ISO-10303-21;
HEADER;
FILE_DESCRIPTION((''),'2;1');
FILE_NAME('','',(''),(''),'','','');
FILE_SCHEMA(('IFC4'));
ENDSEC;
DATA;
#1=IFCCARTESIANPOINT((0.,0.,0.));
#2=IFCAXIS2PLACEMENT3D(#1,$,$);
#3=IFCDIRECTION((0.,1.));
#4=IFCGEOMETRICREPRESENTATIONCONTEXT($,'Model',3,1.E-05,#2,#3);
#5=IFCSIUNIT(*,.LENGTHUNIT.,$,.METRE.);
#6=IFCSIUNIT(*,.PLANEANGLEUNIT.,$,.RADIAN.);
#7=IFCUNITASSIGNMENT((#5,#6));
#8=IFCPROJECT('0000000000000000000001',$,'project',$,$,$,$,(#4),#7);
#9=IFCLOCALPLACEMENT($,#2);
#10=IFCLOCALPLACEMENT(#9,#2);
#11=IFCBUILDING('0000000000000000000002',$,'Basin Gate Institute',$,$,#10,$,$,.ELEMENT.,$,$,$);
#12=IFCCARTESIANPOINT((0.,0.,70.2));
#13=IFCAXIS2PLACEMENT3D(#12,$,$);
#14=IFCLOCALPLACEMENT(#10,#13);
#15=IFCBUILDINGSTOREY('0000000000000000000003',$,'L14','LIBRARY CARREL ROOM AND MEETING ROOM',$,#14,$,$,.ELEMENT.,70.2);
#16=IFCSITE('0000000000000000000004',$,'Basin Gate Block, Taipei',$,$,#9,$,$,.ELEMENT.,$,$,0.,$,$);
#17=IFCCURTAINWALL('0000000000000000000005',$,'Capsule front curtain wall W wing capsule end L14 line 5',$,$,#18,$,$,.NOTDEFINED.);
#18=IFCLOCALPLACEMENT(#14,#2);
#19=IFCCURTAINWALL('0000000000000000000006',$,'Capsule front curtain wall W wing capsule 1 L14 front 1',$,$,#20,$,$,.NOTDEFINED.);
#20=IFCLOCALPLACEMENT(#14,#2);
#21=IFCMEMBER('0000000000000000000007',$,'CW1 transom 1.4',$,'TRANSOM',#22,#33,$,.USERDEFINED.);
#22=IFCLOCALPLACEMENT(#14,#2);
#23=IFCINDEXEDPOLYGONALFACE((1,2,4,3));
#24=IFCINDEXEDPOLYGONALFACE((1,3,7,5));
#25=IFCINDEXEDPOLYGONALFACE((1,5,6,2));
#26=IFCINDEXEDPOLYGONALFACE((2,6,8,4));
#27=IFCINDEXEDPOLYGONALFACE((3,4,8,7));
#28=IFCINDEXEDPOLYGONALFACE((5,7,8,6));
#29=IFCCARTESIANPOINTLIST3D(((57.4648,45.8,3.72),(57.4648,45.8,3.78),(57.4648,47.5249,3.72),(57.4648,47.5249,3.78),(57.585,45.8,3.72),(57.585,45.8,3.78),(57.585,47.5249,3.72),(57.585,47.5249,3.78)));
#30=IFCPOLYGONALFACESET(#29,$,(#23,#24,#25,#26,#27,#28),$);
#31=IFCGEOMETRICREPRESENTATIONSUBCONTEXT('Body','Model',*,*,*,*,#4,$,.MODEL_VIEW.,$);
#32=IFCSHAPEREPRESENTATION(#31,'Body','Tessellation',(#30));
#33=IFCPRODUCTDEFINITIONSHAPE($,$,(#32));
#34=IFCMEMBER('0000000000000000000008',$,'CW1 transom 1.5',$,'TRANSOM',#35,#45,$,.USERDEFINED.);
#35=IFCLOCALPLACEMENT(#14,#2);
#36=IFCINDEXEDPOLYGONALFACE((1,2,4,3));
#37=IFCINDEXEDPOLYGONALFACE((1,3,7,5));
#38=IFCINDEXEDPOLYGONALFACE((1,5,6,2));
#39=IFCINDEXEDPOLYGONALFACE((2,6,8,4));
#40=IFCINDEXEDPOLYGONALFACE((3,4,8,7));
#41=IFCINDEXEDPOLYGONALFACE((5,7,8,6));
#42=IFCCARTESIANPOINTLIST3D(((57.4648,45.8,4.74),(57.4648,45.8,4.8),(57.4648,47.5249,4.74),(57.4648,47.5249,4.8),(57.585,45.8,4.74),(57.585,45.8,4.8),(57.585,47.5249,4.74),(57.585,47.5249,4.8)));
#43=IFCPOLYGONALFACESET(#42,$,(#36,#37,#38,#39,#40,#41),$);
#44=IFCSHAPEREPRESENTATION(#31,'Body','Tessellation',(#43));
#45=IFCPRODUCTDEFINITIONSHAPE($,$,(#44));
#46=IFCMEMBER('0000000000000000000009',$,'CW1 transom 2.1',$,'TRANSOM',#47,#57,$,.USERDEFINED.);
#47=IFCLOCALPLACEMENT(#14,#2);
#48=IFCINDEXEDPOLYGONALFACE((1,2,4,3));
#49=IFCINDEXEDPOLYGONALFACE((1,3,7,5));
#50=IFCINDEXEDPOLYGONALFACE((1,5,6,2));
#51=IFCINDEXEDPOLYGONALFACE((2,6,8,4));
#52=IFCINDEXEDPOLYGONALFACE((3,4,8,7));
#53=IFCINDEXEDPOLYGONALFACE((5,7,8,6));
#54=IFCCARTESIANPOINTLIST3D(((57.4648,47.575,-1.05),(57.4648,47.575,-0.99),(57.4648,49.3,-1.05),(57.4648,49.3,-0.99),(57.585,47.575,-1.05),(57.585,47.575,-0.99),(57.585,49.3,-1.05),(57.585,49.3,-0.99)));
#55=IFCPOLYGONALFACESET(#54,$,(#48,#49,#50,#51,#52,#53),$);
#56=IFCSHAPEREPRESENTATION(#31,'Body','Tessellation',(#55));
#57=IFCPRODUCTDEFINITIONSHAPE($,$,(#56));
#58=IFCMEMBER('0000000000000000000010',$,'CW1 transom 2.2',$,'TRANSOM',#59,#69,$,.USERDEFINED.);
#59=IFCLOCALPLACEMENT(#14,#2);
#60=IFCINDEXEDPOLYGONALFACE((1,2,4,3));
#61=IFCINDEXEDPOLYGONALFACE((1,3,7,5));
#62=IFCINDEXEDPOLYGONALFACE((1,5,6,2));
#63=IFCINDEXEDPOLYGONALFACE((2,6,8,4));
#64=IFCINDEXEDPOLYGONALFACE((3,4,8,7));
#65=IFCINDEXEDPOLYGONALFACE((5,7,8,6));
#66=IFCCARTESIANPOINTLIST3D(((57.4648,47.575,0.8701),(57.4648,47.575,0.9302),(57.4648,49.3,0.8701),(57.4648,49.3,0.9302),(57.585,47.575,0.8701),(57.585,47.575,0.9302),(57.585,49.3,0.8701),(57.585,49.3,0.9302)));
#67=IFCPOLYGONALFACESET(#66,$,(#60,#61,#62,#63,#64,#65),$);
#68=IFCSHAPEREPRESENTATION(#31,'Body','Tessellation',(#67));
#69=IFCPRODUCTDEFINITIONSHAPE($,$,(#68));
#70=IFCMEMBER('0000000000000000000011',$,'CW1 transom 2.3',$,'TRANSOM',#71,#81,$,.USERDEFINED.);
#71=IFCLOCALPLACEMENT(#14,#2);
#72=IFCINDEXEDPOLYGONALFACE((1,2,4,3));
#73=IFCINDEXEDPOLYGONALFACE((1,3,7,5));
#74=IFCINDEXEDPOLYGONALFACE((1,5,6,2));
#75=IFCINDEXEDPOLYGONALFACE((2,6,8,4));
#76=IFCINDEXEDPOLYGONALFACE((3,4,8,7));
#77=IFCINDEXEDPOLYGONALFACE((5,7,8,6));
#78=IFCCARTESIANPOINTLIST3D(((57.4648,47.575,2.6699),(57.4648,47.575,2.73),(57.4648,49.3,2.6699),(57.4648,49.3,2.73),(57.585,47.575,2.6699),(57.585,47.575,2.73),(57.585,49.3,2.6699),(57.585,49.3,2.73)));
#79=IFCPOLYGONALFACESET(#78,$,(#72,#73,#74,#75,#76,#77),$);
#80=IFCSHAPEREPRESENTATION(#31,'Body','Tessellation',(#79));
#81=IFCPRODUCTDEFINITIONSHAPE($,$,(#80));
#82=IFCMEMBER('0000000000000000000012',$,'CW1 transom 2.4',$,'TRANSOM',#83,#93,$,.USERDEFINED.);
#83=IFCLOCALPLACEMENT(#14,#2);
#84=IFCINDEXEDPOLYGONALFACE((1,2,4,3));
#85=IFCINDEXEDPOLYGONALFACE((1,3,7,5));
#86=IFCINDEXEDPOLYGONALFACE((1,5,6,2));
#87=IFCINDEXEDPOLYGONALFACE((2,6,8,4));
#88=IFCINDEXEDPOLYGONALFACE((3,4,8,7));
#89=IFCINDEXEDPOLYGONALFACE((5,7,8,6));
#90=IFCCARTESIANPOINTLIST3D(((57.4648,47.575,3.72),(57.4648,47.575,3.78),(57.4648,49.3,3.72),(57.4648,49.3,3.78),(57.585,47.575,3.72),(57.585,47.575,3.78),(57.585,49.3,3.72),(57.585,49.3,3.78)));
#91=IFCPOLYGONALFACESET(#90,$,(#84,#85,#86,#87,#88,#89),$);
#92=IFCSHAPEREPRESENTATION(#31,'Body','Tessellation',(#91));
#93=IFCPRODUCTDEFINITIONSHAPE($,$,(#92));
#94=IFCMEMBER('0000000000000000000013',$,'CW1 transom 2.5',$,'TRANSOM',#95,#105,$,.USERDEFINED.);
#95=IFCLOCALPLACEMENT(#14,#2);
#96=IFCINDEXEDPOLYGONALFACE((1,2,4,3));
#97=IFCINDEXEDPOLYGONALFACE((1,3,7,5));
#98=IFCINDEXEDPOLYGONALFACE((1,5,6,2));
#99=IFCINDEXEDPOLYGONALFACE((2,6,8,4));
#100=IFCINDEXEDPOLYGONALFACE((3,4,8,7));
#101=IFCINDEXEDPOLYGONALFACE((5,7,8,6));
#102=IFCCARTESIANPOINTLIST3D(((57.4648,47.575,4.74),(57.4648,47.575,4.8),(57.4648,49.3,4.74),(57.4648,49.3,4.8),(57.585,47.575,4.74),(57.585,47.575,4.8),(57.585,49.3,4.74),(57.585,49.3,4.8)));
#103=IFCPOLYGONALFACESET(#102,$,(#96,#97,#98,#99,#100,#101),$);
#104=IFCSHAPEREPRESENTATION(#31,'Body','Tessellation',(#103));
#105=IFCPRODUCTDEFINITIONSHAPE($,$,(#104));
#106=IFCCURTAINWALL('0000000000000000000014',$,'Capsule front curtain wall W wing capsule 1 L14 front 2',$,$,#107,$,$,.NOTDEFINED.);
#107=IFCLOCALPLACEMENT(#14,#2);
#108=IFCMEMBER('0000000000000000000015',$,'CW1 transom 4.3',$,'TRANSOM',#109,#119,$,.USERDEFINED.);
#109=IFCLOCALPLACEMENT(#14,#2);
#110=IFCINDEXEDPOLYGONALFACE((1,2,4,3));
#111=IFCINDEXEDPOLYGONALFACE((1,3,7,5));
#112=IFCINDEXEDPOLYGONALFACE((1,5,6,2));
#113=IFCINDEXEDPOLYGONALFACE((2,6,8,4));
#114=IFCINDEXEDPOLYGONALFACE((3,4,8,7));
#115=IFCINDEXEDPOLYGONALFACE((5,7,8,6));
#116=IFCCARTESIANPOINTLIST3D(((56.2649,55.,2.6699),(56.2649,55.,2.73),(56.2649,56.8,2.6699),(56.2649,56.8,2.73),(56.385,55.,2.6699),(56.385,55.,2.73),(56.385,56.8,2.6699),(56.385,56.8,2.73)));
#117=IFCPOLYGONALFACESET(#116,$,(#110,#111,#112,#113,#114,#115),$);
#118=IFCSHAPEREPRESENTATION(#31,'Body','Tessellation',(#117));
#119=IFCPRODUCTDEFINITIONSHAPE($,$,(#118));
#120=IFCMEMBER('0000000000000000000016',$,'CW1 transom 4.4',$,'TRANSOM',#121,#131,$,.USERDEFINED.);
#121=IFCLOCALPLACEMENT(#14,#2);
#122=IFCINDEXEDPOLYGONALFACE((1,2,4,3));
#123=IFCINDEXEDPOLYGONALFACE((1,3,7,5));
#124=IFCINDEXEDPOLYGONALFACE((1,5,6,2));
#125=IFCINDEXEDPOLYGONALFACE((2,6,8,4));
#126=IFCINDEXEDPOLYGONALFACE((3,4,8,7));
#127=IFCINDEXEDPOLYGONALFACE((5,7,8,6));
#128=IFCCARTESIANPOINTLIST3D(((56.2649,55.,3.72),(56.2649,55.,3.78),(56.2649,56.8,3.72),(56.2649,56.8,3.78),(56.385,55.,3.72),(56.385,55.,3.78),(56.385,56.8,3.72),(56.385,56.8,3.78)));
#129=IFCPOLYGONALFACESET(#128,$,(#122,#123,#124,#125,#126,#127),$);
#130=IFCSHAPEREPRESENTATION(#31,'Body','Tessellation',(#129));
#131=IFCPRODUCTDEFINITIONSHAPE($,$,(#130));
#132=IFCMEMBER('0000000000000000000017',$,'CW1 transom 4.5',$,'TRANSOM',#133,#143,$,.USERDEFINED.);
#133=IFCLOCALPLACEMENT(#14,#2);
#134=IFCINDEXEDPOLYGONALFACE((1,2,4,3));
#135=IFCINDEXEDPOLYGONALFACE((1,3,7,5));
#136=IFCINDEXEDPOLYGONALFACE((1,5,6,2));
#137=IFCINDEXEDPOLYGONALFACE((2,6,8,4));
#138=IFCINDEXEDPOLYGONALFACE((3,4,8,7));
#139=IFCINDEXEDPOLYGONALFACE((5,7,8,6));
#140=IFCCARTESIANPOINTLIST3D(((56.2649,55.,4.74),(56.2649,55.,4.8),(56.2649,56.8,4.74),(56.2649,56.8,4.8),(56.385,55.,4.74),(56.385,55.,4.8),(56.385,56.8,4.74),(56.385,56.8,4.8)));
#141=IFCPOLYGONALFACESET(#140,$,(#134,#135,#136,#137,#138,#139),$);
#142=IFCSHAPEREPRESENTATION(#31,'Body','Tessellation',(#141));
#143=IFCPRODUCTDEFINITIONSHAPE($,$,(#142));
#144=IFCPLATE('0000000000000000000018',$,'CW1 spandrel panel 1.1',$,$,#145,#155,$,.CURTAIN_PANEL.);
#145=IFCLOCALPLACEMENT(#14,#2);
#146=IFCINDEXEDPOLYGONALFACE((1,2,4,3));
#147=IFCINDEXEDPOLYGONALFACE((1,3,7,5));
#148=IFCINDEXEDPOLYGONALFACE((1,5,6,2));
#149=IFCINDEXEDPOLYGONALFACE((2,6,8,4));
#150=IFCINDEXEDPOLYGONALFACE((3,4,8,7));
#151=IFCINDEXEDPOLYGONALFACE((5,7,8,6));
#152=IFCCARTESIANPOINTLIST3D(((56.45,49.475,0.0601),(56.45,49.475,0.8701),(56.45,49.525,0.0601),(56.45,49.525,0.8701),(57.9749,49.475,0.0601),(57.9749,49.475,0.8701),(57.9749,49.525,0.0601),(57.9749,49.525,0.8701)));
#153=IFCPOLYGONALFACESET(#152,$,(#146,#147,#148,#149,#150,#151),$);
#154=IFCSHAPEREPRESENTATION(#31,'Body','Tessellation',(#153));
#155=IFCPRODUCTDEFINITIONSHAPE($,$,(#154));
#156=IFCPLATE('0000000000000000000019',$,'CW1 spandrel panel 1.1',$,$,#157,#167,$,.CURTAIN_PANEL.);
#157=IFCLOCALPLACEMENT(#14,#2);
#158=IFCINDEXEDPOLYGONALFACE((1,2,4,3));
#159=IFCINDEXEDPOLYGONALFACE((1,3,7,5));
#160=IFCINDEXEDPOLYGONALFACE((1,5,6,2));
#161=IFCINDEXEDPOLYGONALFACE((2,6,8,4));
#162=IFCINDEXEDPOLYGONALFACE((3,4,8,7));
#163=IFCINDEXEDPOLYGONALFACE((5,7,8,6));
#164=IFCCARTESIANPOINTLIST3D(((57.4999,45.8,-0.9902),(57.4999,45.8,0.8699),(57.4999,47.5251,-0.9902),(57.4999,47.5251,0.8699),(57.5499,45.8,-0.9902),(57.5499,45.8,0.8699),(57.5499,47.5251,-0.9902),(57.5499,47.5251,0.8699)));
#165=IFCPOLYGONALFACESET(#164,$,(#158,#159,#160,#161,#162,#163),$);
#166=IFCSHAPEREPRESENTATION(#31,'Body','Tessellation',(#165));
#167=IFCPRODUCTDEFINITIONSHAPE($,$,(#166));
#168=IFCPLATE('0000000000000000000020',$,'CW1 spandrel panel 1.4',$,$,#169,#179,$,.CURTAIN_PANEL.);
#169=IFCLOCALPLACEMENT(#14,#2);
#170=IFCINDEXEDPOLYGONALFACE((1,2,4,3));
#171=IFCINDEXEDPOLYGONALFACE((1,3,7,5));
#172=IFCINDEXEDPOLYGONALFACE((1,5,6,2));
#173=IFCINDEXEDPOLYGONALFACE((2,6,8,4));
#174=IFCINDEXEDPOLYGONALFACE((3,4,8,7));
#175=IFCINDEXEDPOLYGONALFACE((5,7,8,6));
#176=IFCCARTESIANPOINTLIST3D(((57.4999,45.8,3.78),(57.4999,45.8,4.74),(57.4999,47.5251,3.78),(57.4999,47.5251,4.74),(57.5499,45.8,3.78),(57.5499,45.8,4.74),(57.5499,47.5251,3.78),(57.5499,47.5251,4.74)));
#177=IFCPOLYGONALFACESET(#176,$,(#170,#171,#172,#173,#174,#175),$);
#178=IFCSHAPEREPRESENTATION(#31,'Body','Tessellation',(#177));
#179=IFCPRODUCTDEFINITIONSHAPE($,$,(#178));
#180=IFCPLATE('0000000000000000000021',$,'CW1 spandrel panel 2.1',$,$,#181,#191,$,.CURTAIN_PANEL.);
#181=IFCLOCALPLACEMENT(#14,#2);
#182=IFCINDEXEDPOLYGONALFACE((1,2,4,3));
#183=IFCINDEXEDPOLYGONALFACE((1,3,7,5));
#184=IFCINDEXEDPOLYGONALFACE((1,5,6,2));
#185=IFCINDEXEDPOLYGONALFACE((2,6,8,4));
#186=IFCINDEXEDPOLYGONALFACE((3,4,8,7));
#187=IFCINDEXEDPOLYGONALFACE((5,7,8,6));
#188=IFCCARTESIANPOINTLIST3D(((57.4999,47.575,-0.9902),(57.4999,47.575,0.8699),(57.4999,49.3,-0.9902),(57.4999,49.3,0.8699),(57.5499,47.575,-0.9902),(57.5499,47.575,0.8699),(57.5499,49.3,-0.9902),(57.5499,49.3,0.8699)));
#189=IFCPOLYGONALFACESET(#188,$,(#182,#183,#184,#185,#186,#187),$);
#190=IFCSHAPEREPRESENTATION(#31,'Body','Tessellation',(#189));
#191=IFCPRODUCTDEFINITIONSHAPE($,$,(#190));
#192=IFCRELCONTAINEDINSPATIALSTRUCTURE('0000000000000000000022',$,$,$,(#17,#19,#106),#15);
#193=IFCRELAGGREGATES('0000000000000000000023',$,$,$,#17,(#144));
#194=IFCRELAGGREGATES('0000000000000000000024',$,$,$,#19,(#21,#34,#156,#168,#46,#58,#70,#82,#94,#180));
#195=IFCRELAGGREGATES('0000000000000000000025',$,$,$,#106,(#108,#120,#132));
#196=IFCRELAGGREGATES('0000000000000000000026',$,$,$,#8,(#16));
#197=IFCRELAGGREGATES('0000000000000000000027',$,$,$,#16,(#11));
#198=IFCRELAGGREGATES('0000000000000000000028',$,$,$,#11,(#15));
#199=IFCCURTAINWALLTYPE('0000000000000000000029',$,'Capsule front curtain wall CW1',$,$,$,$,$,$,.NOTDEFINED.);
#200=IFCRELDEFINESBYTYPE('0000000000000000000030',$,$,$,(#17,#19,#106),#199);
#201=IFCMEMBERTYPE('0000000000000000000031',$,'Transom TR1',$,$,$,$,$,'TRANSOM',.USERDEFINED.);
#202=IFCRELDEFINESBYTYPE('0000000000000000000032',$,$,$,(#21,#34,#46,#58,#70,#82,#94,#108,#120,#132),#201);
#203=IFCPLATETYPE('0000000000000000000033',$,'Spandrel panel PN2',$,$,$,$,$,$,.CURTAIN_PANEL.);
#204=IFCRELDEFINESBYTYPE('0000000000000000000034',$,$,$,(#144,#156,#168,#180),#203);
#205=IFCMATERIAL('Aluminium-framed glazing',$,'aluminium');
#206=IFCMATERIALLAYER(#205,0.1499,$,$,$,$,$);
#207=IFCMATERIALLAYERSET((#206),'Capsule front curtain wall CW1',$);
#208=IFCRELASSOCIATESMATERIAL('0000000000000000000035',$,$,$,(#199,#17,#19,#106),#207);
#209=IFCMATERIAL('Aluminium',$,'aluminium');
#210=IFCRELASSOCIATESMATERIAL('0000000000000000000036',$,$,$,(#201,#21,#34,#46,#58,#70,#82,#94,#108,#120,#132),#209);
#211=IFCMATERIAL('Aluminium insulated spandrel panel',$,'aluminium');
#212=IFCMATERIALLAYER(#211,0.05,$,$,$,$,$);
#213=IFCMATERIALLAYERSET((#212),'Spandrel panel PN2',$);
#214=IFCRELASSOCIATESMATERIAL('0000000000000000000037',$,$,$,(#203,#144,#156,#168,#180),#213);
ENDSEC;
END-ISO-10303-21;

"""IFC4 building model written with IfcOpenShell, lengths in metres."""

from ifc_helpers import new_model, si_unit, direction, frame, origin, origin_2d, place, context, subcontext, project, spatial, rectangle, extrude, material, layer, layer_set, material_profile, profile_set, type_object, element, aggregate, save


model = new_model("IFC4")

# Units and contexts
model_context = context("Model", 3, precision=1e-05, world=origin(), true_north=direction((0.0, 1.0)))
body_context = subcontext(model_context, "Body", "Model", "MODEL_VIEW")
ifc_project = project(units=[si_unit("LENGTHUNIT", "METRE"), si_unit("PLANEANGLEUNIT", "RADIAN")], contexts=[model_context])

# Site, building, storey
site_placement = place(None, origin())
site = spatial("IfcSite", under=ifc_project, at=site_placement, Name="Basin Gate Block, Taipei", CompositionType="ELEMENT", RefElevation=0.0)
building_placement = place(site_placement, origin())
building = spatial("IfcBuilding", under=site, at=building_placement, Name="Basin Gate Institute", CompositionType="ELEMENT")
storey_placement = place(building_placement, frame((0.0, 0.0, 70.2)))
storey = spatial("IfcBuildingStorey", under=building, at=storey_placement, Name="L14", Description="LIBRARY CARREL ROOM AND MEETING ROOM", CompositionType="ELEMENT", Elevation=70.2)

# Curtain wall
ifc_material_1 = material(Name="Aluminium-framed glazing", Category="aluminium")
ifc_layer_1 = layer(ifc_material_1, 0.1499)
ifc_layer_set_1 = layer_set([ifc_layer_1], Name="Capsule front curtain wall CW1")
curtain_wall_type = type_object("IfcCurtainWallType", Name="Capsule front curtain wall CW1", PredefinedType="NOTDEFINED", material=ifc_layer_set_1)
curtain_wall_1_placement = place(storey_placement, origin())
curtain_wall_1 = element("IfcCurtainWall", 1, at=curtain_wall_1_placement, inside=storey, type_object=curtain_wall_type, material=ifc_layer_set_1, Name="Capsule front curtain wall W wing capsule end L14 line 5", PredefinedType="NOTDEFINED")

# Curtain wall
curtain_wall_2_placement = place(storey_placement, origin())
curtain_wall_2 = element("IfcCurtainWall", 2, at=curtain_wall_2_placement, inside=storey, type_object=curtain_wall_type, material=ifc_layer_set_1, Name="Capsule front curtain wall W wing capsule 1 L14 front 1", PredefinedType="NOTDEFINED")

# Members
ifc_material_2 = material(Name="Aluminium", Category="aluminium")
ifc_material_profile_1 = material_profile(ifc_material_2, rectangle(XDim=0.1201, YDim=0.0601, at=origin_2d()), Name="Transom TR1 120 x 60")
ifc_profile_set_1 = profile_set([ifc_material_profile_1], Name="Aluminium")
member_type_1 = type_object("IfcMemberType", Name="Transom TR1", ElementType="TRANSOM", PredefinedType="USERDEFINED", material=ifc_profile_set_1)
member_1_placement = place(storey_placement, frame((57.5249, 45.8, 3.75), z_axis=(0.0, 1.0, 0.0), x_axis=(-1.0, 0.0, 0.0)))
member_1 = element("IfcMember", 3, at=member_1_placement, type_object=member_type_1, material=ifc_profile_set_1, Name="CW1 transom 1.4", ObjectType="TRANSOM", PredefinedType="USERDEFINED", context=body_context, shape_type="SweptSolid", body=[
    extrude(rectangle(XDim=0.1201, YDim=0.0601, at=origin_2d()), origin(), (0.0, 0.0, 1.0), 1.7249),
])
member_2_placement = place(storey_placement, frame((57.5249, 45.8, 4.77), z_axis=(0.0, 1.0, 0.0), x_axis=(-1.0, 0.0, 0.0)))
member_2 = element("IfcMember", 4, at=member_2_placement, type_object=member_type_1, material=ifc_profile_set_1, Name="CW1 transom 1.5", ObjectType="TRANSOM", PredefinedType="USERDEFINED", context=body_context, shape_type="SweptSolid", body=[
    extrude(rectangle(XDim=0.1201, YDim=0.0601, at=origin_2d()), origin(), (0.0, 0.0, 1.0), 1.7249),
])
member_3_placement = place(storey_placement, frame((57.5249, 47.575, -1.02), z_axis=(0.0, 1.0, 0.0), x_axis=(-1.0, 0.0, 0.0)))
member_3 = element("IfcMember", 5, at=member_3_placement, type_object=member_type_1, material=ifc_profile_set_1, Name="CW1 transom 2.1", ObjectType="TRANSOM", PredefinedType="USERDEFINED", context=body_context, shape_type="SweptSolid", body=[
    extrude(rectangle(XDim=0.1201, YDim=0.0601, at=origin_2d()), origin(), (0.0, 0.0, 1.0), 1.7251),
])
member_4_placement = place(storey_placement, frame((57.5249, 47.575, 0.9001), z_axis=(0.0, 1.0, 0.0), x_axis=(-1.0, 0.0, 0.0)))
member_4 = element("IfcMember", 6, at=member_4_placement, type_object=member_type_1, material=ifc_profile_set_1, Name="CW1 transom 2.2", ObjectType="TRANSOM", PredefinedType="USERDEFINED", context=body_context, shape_type="SweptSolid", body=[
    extrude(rectangle(XDim=0.1201, YDim=0.0601, at=origin_2d()), origin(), (0.0, 0.0, 1.0), 1.7251),
])
member_5_placement = place(storey_placement, frame((57.5249, 47.575, 2.7), z_axis=(0.0, 1.0, 0.0), x_axis=(-1.0, 0.0, 0.0)))
member_5 = element("IfcMember", 7, at=member_5_placement, type_object=member_type_1, material=ifc_profile_set_1, Name="CW1 transom 2.3", ObjectType="TRANSOM", PredefinedType="USERDEFINED", context=body_context, shape_type="SweptSolid", body=[
    extrude(rectangle(XDim=0.1201, YDim=0.0601, at=origin_2d()), origin(), (0.0, 0.0, 1.0), 1.7251),
])
member_6_placement = place(storey_placement, frame((57.5249, 47.575, 3.75), z_axis=(0.0, 1.0, 0.0), x_axis=(-1.0, 0.0, 0.0)))
member_6 = element("IfcMember", 8, at=member_6_placement, type_object=member_type_1, material=ifc_profile_set_1, Name="CW1 transom 2.4", ObjectType="TRANSOM", PredefinedType="USERDEFINED", context=body_context, shape_type="SweptSolid", body=[
    extrude(rectangle(XDim=0.1201, YDim=0.0601, at=origin_2d()), origin(), (0.0, 0.0, 1.0), 1.7251),
])
member_7_placement = place(storey_placement, frame((57.5249, 47.575, 4.77), z_axis=(0.0, 1.0, 0.0), x_axis=(-1.0, 0.0, 0.0)))
member_7 = element("IfcMember", 9, at=member_7_placement, type_object=member_type_1, material=ifc_profile_set_1, Name="CW1 transom 2.5", ObjectType="TRANSOM", PredefinedType="USERDEFINED", context=body_context, shape_type="SweptSolid", body=[
    extrude(rectangle(XDim=0.1201, YDim=0.0601, at=origin_2d()), origin(), (0.0, 0.0, 1.0), 1.7251),
])

# Curtain wall, members
curtain_wall_3_placement = place(storey_placement, origin())
curtain_wall_3 = element("IfcCurtainWall", 10, at=curtain_wall_3_placement, inside=storey, type_object=curtain_wall_type, material=ifc_layer_set_1, Name="Capsule front curtain wall W wing capsule 1 L14 front 2", PredefinedType="NOTDEFINED")
member_8_placement = place(storey_placement, frame((56.325, 55.0, 2.7), z_axis=(0.0, 1.0, 0.0), x_axis=(-1.0, 0.0, 0.0)))
member_8 = element("IfcMember", 11, at=member_8_placement, type_object=member_type_1, material=ifc_profile_set_1, Name="CW1 transom 4.3", ObjectType="TRANSOM", PredefinedType="USERDEFINED", context=body_context, shape_type="SweptSolid", body=[
    extrude(rectangle(XDim=0.1201, YDim=0.0601, at=origin_2d()), origin(), (0.0, 0.0, 1.0), 1.8),
])
member_9_placement = place(storey_placement, frame((56.325, 55.0, 3.75), z_axis=(0.0, 1.0, 0.0), x_axis=(-1.0, 0.0, 0.0)))
member_9 = element("IfcMember", 12, at=member_9_placement, type_object=member_type_1, material=ifc_profile_set_1, Name="CW1 transom 4.4", ObjectType="TRANSOM", PredefinedType="USERDEFINED", context=body_context, shape_type="SweptSolid", body=[
    extrude(rectangle(XDim=0.1201, YDim=0.0601, at=origin_2d()), origin(), (0.0, 0.0, 1.0), 1.8),
])
member_10_placement = place(storey_placement, frame((56.325, 55.0, 4.77), z_axis=(0.0, 1.0, 0.0), x_axis=(-1.0, 0.0, 0.0)))
member_10 = element("IfcMember", 13, at=member_10_placement, type_object=member_type_1, material=ifc_profile_set_1, Name="CW1 transom 4.5", ObjectType="TRANSOM", PredefinedType="USERDEFINED", context=body_context, shape_type="SweptSolid", body=[
    extrude(rectangle(XDim=0.1201, YDim=0.0601, at=origin_2d()), origin(), (0.0, 0.0, 1.0), 1.8),
])

# Plates
ifc_material_3 = material(Name="Aluminium insulated spandrel panel", Category="aluminium")
ifc_layer_2 = layer(ifc_material_3, 0.05)
ifc_layer_set_2 = layer_set([ifc_layer_2], Name="Spandrel panel PN2")
plate_type_1 = type_object("IfcPlateType", Name="Spandrel panel PN2", PredefinedType="CURTAIN_PANEL", material=ifc_layer_set_2)
plate_1_placement = place(storey_placement, frame((57.2124, 49.5, 0.0601), z_axis=(0.0, 0.0, 1.0), x_axis=(1.0, 0.0, 0.0)))
plate_1 = element("IfcPlate", 14, at=plate_1_placement, type_object=plate_type_1, material=ifc_layer_set_2, Name="CW1 spandrel panel 1.1", PredefinedType="CURTAIN_PANEL", context=body_context, shape_type="SweptSolid", body=[
    extrude(rectangle(XDim=1.5249, YDim=0.05, at=origin_2d()), origin(), (0.0, 0.0, 1.0), 0.8101),
])
plate_2_placement = place(storey_placement, frame((57.5249, 46.6626, -0.9902), z_axis=(0.0, 0.0, 1.0), x_axis=(0.0, 1.0, 0.0)))
plate_2 = element("IfcPlate", 15, at=plate_2_placement, type_object=plate_type_1, material=ifc_layer_set_2, Name="CW1 spandrel panel 1.1", PredefinedType="CURTAIN_PANEL", context=body_context, shape_type="SweptSolid", body=[
    extrude(rectangle(XDim=1.7251, YDim=0.05, at=origin_2d()), origin(), (0.0, 0.0, 1.0), 1.8601),
])
plate_3_placement = place(storey_placement, frame((57.5249, 46.6626, 3.78), z_axis=(0.0, 0.0, 1.0), x_axis=(0.0, 1.0, 0.0)))
plate_3 = element("IfcPlate", 16, at=plate_3_placement, type_object=plate_type_1, material=ifc_layer_set_2, Name="CW1 spandrel panel 1.4", PredefinedType="CURTAIN_PANEL", context=body_context, shape_type="SweptSolid", body=[
    extrude(rectangle(XDim=1.7251, YDim=0.05, at=origin_2d()), origin(), (0.0, 0.0, 1.0), 0.96),
])
plate_4_placement = place(storey_placement, frame((57.5249, 48.4375, -0.9902), z_axis=(0.0, 0.0, 1.0), x_axis=(0.0, 1.0, 0.0)))
plate_4 = element("IfcPlate", 17, at=plate_4_placement, type_object=plate_type_1, material=ifc_layer_set_2, Name="CW1 spandrel panel 2.1", PredefinedType="CURTAIN_PANEL", context=body_context, shape_type="SweptSolid", body=[
    extrude(rectangle(XDim=1.7251, YDim=0.05, at=origin_2d()), origin(), (0.0, 0.0, 1.0), 1.8601),
])
aggregate(curtain_wall_1, [plate_1])
aggregate(curtain_wall_2, [member_1, member_2, plate_2, plate_3, member_3, member_4, member_5, member_6, member_7, plate_4])
aggregate(curtain_wall_3, [member_8, member_9, member_10])

save(model, "model.ifc")
